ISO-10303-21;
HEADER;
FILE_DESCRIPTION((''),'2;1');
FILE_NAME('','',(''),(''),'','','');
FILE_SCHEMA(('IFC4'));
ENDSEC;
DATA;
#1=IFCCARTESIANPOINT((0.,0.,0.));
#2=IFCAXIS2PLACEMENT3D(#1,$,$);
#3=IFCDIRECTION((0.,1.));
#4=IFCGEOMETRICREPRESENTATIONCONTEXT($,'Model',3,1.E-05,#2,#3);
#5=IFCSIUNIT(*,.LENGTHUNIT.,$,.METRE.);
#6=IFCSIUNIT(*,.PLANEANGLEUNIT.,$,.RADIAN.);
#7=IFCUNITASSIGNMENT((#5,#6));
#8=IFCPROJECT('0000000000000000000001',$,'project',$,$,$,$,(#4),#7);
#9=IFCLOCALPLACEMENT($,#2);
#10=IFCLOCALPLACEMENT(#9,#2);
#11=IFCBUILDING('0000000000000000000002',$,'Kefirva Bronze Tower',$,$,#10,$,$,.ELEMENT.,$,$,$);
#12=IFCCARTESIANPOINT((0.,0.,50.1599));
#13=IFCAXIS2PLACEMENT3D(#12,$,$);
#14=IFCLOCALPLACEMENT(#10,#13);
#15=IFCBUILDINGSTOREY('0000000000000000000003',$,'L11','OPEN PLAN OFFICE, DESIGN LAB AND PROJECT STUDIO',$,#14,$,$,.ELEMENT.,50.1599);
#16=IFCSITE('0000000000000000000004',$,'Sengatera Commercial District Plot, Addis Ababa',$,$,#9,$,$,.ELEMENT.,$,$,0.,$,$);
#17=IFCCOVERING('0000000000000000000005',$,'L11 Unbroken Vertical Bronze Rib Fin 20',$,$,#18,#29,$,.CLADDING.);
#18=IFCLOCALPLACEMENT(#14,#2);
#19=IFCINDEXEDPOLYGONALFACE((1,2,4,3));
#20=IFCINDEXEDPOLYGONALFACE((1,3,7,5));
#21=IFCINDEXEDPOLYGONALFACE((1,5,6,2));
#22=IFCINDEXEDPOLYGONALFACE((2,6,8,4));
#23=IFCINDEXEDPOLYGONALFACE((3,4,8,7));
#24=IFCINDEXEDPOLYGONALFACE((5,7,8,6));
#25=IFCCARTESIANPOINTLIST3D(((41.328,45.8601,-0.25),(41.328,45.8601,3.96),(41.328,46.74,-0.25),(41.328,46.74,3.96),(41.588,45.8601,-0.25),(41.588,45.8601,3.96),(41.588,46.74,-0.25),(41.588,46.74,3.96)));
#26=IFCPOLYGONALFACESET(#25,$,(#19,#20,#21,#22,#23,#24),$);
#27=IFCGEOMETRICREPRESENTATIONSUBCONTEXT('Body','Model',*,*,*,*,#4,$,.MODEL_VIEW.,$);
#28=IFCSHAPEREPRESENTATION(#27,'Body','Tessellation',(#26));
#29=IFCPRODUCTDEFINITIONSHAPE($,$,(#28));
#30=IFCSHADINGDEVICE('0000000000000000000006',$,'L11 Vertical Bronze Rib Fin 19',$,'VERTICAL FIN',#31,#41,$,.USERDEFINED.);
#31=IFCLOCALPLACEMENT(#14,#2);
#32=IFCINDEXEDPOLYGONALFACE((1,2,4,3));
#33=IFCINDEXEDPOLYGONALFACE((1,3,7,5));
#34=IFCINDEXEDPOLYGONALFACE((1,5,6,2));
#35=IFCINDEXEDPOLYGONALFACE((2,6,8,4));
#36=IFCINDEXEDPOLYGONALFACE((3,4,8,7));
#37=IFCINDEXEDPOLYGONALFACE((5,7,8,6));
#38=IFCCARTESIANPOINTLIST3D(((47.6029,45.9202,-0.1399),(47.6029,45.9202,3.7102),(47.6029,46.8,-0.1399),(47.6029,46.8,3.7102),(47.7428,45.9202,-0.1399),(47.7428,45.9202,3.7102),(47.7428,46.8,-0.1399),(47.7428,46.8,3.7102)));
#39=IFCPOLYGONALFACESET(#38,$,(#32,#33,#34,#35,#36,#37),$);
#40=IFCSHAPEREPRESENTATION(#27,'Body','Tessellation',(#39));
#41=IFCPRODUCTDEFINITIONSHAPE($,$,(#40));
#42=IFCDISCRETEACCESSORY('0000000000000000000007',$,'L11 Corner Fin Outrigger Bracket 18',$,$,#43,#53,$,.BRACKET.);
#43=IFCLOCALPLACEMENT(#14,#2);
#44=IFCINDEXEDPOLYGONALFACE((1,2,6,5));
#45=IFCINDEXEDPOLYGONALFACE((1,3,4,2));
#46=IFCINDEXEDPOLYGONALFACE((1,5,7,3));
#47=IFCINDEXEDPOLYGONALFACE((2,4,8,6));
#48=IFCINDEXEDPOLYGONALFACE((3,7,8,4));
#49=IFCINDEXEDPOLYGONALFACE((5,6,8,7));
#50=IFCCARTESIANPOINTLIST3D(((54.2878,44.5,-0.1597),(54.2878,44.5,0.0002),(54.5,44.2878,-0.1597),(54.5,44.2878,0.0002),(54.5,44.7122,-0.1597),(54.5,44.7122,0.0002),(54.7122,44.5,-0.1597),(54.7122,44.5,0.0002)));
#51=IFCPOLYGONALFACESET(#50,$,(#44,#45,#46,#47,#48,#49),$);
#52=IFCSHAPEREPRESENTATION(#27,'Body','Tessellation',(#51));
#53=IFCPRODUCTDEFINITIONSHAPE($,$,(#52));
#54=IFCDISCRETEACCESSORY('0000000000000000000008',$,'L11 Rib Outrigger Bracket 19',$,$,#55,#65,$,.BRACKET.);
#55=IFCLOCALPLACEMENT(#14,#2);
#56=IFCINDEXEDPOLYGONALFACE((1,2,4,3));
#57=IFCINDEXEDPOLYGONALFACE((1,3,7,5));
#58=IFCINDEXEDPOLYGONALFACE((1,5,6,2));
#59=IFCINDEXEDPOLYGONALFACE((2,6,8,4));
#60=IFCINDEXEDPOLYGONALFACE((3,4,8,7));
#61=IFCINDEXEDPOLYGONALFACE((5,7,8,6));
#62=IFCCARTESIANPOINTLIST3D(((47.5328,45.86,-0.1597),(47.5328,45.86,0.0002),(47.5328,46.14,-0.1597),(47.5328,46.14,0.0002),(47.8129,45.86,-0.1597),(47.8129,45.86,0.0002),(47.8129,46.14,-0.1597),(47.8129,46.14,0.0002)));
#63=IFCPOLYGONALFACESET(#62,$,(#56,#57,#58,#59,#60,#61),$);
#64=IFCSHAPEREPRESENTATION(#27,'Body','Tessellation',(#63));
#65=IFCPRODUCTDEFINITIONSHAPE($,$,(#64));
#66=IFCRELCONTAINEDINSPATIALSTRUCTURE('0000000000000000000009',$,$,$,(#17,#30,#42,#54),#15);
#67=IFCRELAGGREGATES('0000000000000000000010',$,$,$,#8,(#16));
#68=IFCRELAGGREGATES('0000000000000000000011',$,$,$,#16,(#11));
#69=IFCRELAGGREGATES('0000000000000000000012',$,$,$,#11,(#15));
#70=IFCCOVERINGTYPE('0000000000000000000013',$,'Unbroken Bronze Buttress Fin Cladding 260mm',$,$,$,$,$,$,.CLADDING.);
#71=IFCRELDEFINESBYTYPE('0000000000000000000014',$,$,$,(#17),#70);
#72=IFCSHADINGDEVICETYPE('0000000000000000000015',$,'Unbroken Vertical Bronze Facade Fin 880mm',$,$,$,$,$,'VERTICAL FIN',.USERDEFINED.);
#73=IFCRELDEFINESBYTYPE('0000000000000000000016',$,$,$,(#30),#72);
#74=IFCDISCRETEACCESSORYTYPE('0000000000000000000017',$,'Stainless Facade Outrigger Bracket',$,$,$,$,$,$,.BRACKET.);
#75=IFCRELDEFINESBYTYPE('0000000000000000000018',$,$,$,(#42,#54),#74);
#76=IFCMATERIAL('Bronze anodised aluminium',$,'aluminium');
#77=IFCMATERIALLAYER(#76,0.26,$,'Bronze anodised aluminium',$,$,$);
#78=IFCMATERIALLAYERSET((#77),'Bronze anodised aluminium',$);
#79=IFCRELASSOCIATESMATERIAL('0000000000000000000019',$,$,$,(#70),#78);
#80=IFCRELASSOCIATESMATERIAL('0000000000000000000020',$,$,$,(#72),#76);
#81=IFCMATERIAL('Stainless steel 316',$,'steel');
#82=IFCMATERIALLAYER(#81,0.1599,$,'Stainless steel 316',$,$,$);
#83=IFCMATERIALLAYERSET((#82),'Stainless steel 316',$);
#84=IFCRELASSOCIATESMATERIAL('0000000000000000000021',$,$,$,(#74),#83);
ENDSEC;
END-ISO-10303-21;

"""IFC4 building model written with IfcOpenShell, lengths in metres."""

from ifc_helpers import new_model, si_unit, direction, frame, origin, origin_2d, place, context, subcontext, project, spatial, rectangle, extrude, material, layer, layer_set, material_profile, profile_set, type_object, element, save


model = new_model("IFC4")

# Units and contexts
model_context = context("Model", 3, precision=1e-05, world=origin(), true_north=direction((0.0, 1.0)))
body_context = subcontext(model_context, "Body", "Model", "MODEL_VIEW")
ifc_project = project(units=[si_unit("LENGTHUNIT", "METRE"), si_unit("PLANEANGLEUNIT", "RADIAN")], contexts=[model_context])

# Site, building, storey
site_placement = place(None, origin())
site = spatial("IfcSite", under=ifc_project, at=site_placement, Name="Sengatera Commercial District Plot, Addis Ababa", CompositionType="ELEMENT", RefElevation=0.0)
building_placement = place(site_placement, origin())
building = spatial("IfcBuilding", under=site, at=building_placement, Name="Kefirva Bronze Tower", CompositionType="ELEMENT")
storey_placement = place(building_placement, frame((0.0, 0.0, 50.1599)))
storey = spatial("IfcBuildingStorey", under=building, at=storey_placement, Name="L11", Description="OPEN PLAN OFFICE, DESIGN LAB AND PROJECT STUDIO", CompositionType="ELEMENT", Elevation=50.1599)

# Shared definitions
ifc_material_1 = material(Name="Bronze anodised aluminium", Category="aluminium")

# Covering
ifc_layer_1 = layer(ifc_material_1, 0.26, Name="Bronze anodised aluminium")
ifc_layer_set_1 = layer_set([ifc_layer_1], Name="Bronze anodised aluminium")
covering_type_1 = type_object("IfcCoveringType", Name="Unbroken Bronze Buttress Fin Cladding 260mm", PredefinedType="CLADDING", material=ifc_layer_set_1)
for number, where, z_axis, x_axis, name in (
    (1, (41.458, 46.3, -0.25), (0.0, 0.0, 1.0), (-1.0, 0.0, 0.0), "L11 Unbroken Vertical Bronze Rib Fin 20"),
):
    element("IfcCovering", number, at=place(storey_placement, frame(where, z_axis=z_axis, x_axis=x_axis)), inside=storey, type_object=covering_type_1, Name=name, PredefinedType="CLADDING", context=body_context, shape_type="SweptSolid", body=[
        extrude(rectangle(XDim=0.26, YDim=0.8799, at=origin_2d()), origin(), (0.0, 0.0, 1.0), 4.21),
    ])

# Shading device
ifc_material_profile_1 = material_profile(ifc_material_1, rectangle(XDim=0.1399, YDim=0.8799, at=origin_2d()), Name="BRONZE FIN 140x880")
ifc_profile_set_1 = profile_set([ifc_material_profile_1], Name="Bronze anodised aluminium")
shading_device_type_1 = type_object("IfcShadingDeviceType", Name="Unbroken Vertical Bronze Facade Fin 880mm", ElementType="VERTICAL FIN", PredefinedType="USERDEFINED", material=ifc_profile_set_1)
shading_device_1_placement = place(storey_placement, frame((47.6729, 46.3601, -0.1399), z_axis=(0.0, 0.0, 1.0), x_axis=(-1.0, 0.0, 0.0)))
element("IfcShadingDevice", 2, at=shading_device_1_placement, inside=storey, type_object=shading_device_type_1, Name="L11 Vertical Bronze Rib Fin 19", ObjectType="VERTICAL FIN", PredefinedType="USERDEFINED", context=body_context, shape_type="SweptSolid", body=[
    extrude(rectangle(XDim=0.1399, YDim=0.8799, at=origin_2d()), origin(), (0.0, 0.0, 1.0), 3.8501),
])

# Discrete accessories
ifc_material_2 = material(Name="Stainless steel 316", Category="steel")
ifc_layer_2 = layer(ifc_material_2, 0.1599, Name="Stainless steel 316")
ifc_layer_set_2 = layer_set([ifc_layer_2], Name="Stainless steel 316")
discrete_accessory_type = type_object("IfcDiscreteAccessoryType", Name="Stainless Facade Outrigger Bracket", PredefinedType="BRACKET", material=ifc_layer_set_2)
discrete_accessory_1_placement = place(storey_placement, frame((54.5, 44.5, -0.1597), z_axis=(0.0, 0.0, 1.0), x_axis=(-0.707107, 0.707107, 0.0)))
element("IfcDiscreteAccessory", 3, at=discrete_accessory_1_placement, inside=storey, type_object=discrete_accessory_type, Name="L11 Corner Fin Outrigger Bracket 18", PredefinedType="BRACKET", context=body_context, shape_type="SweptSolid", body=[
    extrude(rectangle(XDim=0.3, YDim=0.3, at=origin_2d()), origin(), (0.0, 0.0, 1.0), 0.1599),
])
discrete_accessory_2_placement = place(storey_placement, frame((47.6729, 46.0, -0.1597), z_axis=(0.0, 0.0, 1.0), x_axis=(-1.0, 0.0, 0.0)))
element("IfcDiscreteAccessory", 4, at=discrete_accessory_2_placement, inside=storey, type_object=discrete_accessory_type, Name="L11 Rib Outrigger Bracket 19", PredefinedType="BRACKET", context=body_context, shape_type="SweptSolid", body=[
    extrude(rectangle(XDim=0.28, YDim=0.28, at=origin_2d()), origin(), (0.0, 0.0, 1.0), 0.1599),
])

save(model, "model.ifc")
